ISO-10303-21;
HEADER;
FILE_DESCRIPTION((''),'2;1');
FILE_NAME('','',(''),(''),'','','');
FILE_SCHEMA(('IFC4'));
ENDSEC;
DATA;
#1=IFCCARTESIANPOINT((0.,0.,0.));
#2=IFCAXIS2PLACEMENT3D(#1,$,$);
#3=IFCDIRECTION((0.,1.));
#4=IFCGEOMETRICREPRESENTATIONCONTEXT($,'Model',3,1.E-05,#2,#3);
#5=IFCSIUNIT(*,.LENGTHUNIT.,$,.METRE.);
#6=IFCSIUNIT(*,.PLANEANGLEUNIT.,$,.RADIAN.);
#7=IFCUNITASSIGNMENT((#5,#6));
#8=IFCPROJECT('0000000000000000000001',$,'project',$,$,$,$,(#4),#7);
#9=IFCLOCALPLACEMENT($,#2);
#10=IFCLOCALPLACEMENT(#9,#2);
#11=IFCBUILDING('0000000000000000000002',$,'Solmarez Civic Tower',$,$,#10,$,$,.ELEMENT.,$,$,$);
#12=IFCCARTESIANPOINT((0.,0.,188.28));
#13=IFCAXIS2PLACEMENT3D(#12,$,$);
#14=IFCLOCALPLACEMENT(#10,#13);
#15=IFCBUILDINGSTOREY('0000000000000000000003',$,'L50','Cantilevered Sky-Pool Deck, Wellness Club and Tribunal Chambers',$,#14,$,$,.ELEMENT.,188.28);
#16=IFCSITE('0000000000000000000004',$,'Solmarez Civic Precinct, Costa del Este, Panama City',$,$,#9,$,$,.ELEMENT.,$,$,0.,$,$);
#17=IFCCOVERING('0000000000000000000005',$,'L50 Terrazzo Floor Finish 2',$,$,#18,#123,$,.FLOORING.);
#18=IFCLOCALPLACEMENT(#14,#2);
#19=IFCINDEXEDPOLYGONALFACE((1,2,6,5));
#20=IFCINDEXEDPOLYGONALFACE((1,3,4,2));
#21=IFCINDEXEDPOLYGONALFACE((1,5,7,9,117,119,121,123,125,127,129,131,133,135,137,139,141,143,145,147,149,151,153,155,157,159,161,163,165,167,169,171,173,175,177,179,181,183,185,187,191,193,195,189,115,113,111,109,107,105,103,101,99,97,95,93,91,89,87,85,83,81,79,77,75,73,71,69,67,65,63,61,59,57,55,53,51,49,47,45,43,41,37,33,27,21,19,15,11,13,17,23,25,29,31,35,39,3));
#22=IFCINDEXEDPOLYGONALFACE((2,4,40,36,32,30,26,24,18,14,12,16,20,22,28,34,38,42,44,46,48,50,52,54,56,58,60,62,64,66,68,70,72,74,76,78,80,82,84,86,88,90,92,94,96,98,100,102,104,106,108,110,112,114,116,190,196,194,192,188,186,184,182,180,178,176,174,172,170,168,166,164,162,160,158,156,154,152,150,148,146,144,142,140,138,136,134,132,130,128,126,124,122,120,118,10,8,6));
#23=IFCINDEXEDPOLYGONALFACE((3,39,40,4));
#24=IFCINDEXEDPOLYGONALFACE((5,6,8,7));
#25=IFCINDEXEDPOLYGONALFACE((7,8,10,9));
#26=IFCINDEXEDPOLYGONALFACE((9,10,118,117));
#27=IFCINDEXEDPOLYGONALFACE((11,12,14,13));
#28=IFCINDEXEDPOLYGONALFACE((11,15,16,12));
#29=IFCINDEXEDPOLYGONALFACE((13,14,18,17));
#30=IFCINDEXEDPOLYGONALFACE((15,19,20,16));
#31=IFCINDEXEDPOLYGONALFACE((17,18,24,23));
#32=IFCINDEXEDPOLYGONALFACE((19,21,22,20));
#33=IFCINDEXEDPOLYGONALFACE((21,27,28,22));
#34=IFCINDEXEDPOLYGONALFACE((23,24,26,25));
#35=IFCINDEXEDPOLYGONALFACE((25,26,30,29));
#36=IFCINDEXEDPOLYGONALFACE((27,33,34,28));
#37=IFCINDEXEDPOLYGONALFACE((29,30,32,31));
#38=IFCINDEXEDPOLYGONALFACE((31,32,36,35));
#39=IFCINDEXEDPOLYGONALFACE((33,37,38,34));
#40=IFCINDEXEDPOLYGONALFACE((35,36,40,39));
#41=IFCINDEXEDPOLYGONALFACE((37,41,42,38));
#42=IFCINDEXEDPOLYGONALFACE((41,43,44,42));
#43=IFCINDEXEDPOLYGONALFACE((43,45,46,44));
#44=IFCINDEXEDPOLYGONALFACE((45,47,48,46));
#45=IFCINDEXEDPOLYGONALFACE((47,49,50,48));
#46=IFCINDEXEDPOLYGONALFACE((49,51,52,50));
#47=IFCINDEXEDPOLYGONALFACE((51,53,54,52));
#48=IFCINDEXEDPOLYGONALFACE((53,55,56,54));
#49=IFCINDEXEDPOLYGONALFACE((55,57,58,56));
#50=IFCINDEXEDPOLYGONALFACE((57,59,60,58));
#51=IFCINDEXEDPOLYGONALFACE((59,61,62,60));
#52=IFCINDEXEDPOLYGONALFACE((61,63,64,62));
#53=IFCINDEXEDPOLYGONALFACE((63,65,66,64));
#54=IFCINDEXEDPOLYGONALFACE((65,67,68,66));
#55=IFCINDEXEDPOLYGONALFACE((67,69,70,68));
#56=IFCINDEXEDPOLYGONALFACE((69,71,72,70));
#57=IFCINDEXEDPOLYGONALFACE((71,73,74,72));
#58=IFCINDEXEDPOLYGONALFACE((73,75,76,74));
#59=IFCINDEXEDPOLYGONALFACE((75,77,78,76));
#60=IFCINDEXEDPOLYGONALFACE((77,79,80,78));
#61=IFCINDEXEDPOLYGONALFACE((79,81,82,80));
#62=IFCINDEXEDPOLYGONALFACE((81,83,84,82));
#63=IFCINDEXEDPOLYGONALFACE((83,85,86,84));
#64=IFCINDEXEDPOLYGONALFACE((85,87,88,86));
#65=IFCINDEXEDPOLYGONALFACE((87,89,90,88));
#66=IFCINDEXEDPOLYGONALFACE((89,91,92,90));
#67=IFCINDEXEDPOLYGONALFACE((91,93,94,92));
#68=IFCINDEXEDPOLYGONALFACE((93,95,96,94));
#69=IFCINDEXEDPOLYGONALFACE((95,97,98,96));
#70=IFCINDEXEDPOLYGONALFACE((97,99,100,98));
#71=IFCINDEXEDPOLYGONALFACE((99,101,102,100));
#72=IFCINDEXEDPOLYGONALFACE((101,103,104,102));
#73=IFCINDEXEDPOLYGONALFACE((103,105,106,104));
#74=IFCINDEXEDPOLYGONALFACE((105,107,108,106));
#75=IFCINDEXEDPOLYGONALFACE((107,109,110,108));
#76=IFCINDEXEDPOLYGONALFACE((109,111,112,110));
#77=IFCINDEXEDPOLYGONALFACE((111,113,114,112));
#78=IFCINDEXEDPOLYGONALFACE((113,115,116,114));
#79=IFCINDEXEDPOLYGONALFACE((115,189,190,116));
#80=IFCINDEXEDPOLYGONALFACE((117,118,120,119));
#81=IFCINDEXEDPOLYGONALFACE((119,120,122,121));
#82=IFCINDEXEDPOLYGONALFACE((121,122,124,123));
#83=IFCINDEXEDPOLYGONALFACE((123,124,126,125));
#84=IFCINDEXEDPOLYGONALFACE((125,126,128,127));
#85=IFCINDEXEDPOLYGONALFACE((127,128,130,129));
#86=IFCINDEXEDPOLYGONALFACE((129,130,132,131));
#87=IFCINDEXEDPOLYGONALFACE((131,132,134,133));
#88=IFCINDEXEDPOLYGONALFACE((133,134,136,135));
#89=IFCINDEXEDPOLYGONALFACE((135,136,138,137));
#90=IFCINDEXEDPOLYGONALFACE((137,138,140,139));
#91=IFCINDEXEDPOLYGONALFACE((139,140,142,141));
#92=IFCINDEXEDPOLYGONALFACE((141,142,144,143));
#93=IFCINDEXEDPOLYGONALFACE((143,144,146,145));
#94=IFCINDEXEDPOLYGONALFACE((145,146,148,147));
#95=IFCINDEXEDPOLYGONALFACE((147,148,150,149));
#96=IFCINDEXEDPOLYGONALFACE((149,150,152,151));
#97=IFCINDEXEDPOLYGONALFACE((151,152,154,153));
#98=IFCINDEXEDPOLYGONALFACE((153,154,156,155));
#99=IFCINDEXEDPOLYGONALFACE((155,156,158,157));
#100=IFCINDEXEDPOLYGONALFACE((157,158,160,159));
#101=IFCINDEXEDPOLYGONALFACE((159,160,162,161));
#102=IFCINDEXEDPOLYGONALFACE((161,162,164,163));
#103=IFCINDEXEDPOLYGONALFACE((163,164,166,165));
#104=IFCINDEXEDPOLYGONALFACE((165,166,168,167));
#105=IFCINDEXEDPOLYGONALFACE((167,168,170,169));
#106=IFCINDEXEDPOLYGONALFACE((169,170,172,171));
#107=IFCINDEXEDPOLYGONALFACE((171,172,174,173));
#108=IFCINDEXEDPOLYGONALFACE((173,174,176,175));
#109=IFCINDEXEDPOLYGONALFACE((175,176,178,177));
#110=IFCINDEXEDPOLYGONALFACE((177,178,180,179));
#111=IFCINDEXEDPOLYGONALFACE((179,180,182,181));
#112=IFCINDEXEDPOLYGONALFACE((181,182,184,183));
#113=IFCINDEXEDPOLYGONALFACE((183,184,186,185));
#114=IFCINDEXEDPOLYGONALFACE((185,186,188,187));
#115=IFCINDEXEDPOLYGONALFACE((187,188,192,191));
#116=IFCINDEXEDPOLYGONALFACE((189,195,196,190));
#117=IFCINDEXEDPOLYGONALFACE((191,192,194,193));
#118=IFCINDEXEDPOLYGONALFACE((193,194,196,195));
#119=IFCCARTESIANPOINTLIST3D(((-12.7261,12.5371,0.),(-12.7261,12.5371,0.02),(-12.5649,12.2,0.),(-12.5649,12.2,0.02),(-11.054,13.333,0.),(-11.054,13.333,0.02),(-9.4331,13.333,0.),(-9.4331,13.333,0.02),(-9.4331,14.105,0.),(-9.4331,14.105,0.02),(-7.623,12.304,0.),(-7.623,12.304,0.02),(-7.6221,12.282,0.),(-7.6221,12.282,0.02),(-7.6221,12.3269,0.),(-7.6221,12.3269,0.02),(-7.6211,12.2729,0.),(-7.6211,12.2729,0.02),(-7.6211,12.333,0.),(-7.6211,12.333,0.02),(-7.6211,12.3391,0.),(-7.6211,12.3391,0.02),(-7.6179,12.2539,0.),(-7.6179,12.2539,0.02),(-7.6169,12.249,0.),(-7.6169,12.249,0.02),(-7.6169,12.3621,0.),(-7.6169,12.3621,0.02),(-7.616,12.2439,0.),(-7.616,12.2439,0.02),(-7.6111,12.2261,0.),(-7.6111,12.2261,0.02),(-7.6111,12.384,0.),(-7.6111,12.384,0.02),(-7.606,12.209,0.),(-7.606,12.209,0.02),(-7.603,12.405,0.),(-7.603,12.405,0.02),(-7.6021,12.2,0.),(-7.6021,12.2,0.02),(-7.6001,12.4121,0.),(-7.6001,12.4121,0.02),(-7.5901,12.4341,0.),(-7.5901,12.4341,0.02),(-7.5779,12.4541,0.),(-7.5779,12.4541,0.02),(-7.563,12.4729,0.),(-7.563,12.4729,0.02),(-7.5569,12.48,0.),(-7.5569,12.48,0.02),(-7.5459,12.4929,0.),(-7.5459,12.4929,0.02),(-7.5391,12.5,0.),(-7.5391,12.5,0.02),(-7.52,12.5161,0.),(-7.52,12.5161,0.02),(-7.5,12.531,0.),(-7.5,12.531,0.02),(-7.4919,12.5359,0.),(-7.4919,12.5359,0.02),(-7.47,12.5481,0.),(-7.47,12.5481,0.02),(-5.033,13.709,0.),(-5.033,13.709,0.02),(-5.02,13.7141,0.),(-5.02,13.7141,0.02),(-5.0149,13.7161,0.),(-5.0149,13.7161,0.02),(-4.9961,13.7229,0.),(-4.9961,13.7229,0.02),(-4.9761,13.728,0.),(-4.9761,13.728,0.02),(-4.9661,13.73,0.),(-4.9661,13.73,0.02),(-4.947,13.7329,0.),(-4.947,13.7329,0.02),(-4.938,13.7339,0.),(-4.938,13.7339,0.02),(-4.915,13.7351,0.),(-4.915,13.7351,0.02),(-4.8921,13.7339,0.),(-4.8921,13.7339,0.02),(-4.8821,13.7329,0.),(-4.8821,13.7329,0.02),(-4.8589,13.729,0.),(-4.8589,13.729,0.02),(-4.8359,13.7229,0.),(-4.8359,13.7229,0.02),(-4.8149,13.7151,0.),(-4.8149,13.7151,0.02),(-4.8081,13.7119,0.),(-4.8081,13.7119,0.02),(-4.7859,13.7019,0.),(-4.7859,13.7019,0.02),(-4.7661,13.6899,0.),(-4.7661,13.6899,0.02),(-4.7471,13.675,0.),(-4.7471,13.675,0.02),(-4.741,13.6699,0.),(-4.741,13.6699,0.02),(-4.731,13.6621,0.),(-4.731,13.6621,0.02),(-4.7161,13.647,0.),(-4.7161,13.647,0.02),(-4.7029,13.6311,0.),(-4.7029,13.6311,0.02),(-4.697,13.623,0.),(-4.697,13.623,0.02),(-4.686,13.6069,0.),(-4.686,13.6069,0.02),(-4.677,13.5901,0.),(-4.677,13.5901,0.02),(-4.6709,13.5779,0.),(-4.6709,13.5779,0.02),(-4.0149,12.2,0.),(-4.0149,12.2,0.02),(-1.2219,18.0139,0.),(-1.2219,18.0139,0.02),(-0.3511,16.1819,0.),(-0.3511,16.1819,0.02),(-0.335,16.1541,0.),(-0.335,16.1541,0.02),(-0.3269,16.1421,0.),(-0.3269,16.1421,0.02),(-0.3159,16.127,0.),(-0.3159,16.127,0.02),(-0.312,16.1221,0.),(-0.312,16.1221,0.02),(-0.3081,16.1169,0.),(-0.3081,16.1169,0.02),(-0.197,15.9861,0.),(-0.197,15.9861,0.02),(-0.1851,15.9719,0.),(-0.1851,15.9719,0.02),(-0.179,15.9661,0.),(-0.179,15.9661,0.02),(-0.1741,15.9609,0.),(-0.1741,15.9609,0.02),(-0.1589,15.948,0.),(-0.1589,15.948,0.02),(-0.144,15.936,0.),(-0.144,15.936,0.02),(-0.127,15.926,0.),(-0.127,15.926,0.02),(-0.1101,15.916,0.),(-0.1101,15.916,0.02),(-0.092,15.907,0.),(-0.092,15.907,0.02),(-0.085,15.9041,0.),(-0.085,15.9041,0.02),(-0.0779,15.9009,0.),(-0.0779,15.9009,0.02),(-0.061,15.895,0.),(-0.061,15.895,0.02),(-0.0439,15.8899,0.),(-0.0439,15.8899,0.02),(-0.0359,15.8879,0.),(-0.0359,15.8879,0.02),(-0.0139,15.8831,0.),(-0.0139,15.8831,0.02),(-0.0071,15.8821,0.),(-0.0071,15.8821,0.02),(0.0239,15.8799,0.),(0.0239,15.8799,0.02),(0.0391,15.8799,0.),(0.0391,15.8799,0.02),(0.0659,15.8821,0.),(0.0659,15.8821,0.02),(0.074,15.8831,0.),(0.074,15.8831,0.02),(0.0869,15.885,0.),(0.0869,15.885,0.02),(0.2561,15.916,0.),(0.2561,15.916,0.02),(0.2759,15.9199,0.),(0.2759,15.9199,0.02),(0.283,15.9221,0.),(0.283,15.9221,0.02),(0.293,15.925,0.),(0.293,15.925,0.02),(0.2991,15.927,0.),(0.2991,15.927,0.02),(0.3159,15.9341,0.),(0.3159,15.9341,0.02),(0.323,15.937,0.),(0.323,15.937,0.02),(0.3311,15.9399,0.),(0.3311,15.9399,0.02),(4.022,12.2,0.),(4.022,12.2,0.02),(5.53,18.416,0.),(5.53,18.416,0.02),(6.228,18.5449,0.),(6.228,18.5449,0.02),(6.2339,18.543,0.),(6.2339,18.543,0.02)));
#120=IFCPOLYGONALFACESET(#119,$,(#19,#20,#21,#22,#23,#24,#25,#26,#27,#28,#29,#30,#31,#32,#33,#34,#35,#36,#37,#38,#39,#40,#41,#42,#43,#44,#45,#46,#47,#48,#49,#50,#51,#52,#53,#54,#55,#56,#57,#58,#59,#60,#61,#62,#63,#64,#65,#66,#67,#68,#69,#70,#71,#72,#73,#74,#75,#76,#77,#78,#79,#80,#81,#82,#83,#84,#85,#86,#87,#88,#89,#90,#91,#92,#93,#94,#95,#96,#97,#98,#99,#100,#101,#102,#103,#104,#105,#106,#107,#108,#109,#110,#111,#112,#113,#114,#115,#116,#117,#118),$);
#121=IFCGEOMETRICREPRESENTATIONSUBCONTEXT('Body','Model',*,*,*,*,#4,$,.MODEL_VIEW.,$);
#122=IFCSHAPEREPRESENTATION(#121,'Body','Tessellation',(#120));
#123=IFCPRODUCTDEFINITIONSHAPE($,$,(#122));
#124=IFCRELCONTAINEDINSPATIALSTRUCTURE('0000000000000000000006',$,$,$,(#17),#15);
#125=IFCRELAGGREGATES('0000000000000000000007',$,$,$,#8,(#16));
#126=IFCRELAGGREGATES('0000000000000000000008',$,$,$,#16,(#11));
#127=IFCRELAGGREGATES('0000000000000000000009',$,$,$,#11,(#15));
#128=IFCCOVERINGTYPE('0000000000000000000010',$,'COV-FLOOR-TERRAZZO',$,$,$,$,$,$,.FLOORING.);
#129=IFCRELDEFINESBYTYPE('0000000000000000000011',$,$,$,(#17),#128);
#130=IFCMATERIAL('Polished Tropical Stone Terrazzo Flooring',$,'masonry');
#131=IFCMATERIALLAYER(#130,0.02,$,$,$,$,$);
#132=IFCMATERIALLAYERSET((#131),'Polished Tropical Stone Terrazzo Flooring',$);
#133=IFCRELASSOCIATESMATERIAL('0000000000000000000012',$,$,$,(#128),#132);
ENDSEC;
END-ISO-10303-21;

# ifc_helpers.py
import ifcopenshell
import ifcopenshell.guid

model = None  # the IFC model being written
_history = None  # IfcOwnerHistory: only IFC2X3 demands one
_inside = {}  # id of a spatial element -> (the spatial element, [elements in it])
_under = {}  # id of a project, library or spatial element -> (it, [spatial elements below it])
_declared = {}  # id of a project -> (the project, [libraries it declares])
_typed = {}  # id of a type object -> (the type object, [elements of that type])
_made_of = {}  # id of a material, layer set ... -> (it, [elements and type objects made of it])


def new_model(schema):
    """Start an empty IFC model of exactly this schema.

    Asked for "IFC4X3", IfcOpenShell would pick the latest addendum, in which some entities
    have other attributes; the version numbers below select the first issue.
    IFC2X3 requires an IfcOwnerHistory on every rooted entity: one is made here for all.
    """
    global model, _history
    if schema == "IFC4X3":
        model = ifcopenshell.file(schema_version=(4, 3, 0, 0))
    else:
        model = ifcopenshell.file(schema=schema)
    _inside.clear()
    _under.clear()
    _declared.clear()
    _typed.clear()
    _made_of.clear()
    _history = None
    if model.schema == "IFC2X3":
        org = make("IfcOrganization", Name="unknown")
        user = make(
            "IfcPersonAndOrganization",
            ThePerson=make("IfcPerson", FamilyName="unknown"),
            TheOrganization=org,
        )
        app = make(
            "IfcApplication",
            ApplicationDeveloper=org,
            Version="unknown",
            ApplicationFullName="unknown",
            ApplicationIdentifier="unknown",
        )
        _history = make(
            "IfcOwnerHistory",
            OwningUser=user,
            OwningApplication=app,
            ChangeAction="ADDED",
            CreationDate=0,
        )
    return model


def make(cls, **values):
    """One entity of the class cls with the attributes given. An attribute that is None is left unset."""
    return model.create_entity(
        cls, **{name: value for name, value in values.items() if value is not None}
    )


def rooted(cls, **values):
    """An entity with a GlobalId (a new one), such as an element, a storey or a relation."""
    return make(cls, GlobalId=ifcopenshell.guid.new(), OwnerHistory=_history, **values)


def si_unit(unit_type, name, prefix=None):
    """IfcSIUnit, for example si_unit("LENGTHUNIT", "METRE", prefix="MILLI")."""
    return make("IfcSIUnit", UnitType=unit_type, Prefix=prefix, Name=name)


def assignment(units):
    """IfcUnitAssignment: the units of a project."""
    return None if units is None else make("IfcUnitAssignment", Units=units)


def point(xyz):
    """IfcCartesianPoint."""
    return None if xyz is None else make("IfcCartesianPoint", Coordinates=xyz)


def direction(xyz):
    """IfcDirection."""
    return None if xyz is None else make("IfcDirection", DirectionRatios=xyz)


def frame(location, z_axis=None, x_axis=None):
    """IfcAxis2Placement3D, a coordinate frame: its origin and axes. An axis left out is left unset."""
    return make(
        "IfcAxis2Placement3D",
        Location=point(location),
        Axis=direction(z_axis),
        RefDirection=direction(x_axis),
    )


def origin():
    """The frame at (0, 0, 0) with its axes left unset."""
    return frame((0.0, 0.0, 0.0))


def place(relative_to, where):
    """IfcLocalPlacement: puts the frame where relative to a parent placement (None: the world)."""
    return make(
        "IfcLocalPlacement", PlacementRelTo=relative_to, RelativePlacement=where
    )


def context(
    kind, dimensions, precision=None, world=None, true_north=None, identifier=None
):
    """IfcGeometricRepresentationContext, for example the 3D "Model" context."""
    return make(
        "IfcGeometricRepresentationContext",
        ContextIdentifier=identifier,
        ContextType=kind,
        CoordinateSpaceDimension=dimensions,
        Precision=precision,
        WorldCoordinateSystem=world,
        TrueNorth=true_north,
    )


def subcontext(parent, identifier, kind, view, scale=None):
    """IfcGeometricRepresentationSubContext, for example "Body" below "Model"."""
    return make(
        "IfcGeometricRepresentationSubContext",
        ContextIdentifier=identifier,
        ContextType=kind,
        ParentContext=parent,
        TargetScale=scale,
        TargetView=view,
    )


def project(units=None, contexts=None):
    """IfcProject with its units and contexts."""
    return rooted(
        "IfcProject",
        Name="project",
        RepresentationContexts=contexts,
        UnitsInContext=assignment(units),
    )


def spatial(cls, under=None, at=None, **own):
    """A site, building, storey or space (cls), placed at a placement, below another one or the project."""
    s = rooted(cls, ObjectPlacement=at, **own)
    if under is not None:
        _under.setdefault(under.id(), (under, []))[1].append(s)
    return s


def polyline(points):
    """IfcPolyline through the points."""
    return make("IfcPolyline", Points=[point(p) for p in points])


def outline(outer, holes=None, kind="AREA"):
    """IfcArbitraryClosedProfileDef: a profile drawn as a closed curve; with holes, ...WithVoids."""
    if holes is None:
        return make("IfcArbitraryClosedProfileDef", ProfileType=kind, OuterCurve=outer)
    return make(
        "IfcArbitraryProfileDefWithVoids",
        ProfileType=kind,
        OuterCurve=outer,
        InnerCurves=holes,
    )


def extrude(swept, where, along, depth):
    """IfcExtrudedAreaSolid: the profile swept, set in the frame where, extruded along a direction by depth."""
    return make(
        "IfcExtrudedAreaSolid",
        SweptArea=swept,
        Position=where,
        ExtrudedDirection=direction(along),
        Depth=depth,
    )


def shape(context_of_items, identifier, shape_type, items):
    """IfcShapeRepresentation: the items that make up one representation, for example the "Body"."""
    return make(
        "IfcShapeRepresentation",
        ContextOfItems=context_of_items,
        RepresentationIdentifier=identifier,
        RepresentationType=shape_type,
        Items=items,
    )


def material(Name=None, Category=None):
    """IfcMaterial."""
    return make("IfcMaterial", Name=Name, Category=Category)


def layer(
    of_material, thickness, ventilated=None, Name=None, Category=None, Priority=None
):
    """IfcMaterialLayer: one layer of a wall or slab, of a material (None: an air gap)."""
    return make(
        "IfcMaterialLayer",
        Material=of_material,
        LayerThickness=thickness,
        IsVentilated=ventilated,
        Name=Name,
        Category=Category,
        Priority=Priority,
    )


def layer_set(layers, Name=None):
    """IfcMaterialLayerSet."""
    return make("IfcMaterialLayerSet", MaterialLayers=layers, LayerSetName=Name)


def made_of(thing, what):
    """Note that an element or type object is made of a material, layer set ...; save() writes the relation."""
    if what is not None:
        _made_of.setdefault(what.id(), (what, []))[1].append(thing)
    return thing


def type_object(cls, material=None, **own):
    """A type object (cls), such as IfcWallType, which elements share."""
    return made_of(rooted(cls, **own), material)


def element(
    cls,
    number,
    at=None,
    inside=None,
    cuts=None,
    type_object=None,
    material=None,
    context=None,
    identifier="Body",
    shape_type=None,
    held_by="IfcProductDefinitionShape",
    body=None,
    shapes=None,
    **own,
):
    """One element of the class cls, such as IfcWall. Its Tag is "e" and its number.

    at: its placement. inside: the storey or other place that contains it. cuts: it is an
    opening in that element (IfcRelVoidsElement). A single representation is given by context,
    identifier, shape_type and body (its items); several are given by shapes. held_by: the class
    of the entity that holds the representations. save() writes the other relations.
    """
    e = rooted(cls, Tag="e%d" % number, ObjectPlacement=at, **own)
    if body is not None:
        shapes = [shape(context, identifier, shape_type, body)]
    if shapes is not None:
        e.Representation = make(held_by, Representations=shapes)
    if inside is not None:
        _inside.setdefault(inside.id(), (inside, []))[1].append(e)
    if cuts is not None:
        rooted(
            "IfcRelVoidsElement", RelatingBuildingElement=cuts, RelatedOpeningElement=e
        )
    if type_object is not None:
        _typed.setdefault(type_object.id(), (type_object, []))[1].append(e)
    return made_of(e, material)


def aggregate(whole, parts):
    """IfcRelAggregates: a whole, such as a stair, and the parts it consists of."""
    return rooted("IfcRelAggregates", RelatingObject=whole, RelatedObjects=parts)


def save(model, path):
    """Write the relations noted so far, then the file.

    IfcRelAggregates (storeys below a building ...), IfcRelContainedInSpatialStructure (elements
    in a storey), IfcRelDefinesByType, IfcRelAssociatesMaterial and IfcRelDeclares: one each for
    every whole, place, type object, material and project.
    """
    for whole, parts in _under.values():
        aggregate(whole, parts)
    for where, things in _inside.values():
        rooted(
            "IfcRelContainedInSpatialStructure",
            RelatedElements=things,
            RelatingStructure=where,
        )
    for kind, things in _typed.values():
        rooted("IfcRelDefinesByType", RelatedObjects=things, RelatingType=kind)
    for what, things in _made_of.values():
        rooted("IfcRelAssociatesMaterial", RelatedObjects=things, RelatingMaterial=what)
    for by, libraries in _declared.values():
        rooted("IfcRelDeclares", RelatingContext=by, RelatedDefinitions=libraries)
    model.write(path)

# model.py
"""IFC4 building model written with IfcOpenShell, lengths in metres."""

from ifc_helpers import new_model, si_unit, direction, frame, origin, place, context, subcontext, project, spatial, polyline, outline, extrude, material, layer, layer_set, type_object, element, save


model = new_model("IFC4")

# Units and contexts
model_context = context("Model", 3, precision=1e-05, world=origin(), true_north=direction((0.0, 1.0)))
body_context = subcontext(model_context, "Body", "Model", "MODEL_VIEW")
ifc_project = project(units=[si_unit("LENGTHUNIT", "METRE"), si_unit("PLANEANGLEUNIT", "RADIAN")], contexts=[model_context])

# Site, building, storey
site_placement = place(None, origin())
site = spatial("IfcSite", under=ifc_project, at=site_placement, Name="Solmarez Civic Precinct, Costa del Este, Panama City", CompositionType="ELEMENT", RefElevation=0.0)
building_placement = place(site_placement, origin())
building = spatial("IfcBuilding", under=site, at=building_placement, Name="Solmarez Civic Tower", CompositionType="ELEMENT")
storey_placement = place(building_placement, frame((0.0, 0.0, 188.28)))
storey = spatial("IfcBuildingStorey", under=building, at=storey_placement, Name="L50", Description="Cantilevered Sky-Pool Deck, Wellness Club and Tribunal Chambers", CompositionType="ELEMENT", Elevation=188.28)

# Covering
ifc_material_1 = material(Name="Polished Tropical Stone Terrazzo Flooring", Category="masonry")
ifc_layer_1 = layer(ifc_material_1, 0.02)
ifc_layer_set_1 = layer_set([ifc_layer_1], Name="Polished Tropical Stone Terrazzo Flooring")
covering_type_1 = type_object("IfcCoveringType", Name="COV-FLOOR-TERRAZZO", PredefinedType="FLOORING", material=ifc_layer_set_1)
covering_1_placement = place(storey_placement, origin())
element("IfcCovering", 1, at=covering_1_placement, inside=storey, type_object=covering_type_1, Name="L50 Terrazzo Floor Finish 2", PredefinedType="FLOORING", context=body_context, shape_type="SweptSolid", body=[
    extrude(outline(polyline([(-12.7261, 12.5371), (-12.5649, 12.2), (-7.6021, 12.2), (-7.606, 12.209), (-7.6111, 12.2261), (-7.616, 12.2439), (-7.6169, 12.249), (-7.6179, 12.2539), (-7.6211, 12.2729), (-7.6221, 12.282), (-7.623, 12.304), (-7.6221, 12.3269), (-7.6211, 12.333), (-7.6211, 12.3391), (-7.6169, 12.3621), (-7.6111, 12.384), (-7.603, 12.405), (-7.6001, 12.4121), (-7.5901, 12.4341), (-7.5779, 12.4541), (-7.563, 12.4729), (-7.5569, 12.48), (-7.5459, 12.4929), (-7.5391, 12.5), (-7.52, 12.5161), (-7.5, 12.531), (-7.4919, 12.5359), (-7.47, 12.5481), (-5.033, 13.709), (-5.02, 13.7141), (-5.0149, 13.7161), (-4.9961, 13.7229), (-4.9761, 13.728), (-4.9661, 13.73), (-4.947, 13.7329), (-4.938, 13.7339), (-4.915, 13.7351), (-4.8921, 13.7339), (-4.8821, 13.7329), (-4.8589, 13.729), (-4.8359, 13.7229), (-4.8149, 13.7151), (-4.8081, 13.7119), (-4.7859, 13.7019), (-4.7661, 13.6899), (-4.7471, 13.675), (-4.741, 13.6699), (-4.731, 13.6621), (-4.7161, 13.647), (-4.7029, 13.6311), (-4.697, 13.623), (-4.686, 13.6069), (-4.677, 13.5901), (-4.6709, 13.5779), (-4.0149, 12.2), (4.022, 12.2), (6.2339, 18.543), (6.228, 18.5449), (5.53, 18.416), (0.3311, 15.9399), (0.323, 15.937), (0.3159, 15.9341), (0.2991, 15.927), (0.293, 15.925), (0.283, 15.9221), (0.2759, 15.9199), (0.2561, 15.916), (0.0869, 15.885), (0.074, 15.8831), (0.0659, 15.8821), (0.0391, 15.8799), (0.0239, 15.8799), (-0.0071, 15.8821), (-0.0139, 15.8831), (-0.0359, 15.8879), (-0.0439, 15.8899), (-0.061, 15.895), (-0.0779, 15.9009), (-0.085, 15.9041), (-0.092, 15.907), (-0.1101, 15.916), (-0.127, 15.926), (-0.144, 15.936), (-0.1589, 15.948), (-0.1741, 15.9609), (-0.179, 15.9661), (-0.1851, 15.9719), (-0.197, 15.9861), (-0.3081, 16.1169), (-0.312, 16.1221), (-0.3159, 16.127), (-0.3269, 16.1421), (-0.335, 16.1541), (-0.3511, 16.1819), (-1.2219, 18.0139), (-9.4331, 14.105), (-9.4331, 13.333), (-11.054, 13.333), (-12.7261, 12.5371)])), origin(), (0.0, 0.0, 1.0), 0.02),
])

save(model, "model.ifc")
